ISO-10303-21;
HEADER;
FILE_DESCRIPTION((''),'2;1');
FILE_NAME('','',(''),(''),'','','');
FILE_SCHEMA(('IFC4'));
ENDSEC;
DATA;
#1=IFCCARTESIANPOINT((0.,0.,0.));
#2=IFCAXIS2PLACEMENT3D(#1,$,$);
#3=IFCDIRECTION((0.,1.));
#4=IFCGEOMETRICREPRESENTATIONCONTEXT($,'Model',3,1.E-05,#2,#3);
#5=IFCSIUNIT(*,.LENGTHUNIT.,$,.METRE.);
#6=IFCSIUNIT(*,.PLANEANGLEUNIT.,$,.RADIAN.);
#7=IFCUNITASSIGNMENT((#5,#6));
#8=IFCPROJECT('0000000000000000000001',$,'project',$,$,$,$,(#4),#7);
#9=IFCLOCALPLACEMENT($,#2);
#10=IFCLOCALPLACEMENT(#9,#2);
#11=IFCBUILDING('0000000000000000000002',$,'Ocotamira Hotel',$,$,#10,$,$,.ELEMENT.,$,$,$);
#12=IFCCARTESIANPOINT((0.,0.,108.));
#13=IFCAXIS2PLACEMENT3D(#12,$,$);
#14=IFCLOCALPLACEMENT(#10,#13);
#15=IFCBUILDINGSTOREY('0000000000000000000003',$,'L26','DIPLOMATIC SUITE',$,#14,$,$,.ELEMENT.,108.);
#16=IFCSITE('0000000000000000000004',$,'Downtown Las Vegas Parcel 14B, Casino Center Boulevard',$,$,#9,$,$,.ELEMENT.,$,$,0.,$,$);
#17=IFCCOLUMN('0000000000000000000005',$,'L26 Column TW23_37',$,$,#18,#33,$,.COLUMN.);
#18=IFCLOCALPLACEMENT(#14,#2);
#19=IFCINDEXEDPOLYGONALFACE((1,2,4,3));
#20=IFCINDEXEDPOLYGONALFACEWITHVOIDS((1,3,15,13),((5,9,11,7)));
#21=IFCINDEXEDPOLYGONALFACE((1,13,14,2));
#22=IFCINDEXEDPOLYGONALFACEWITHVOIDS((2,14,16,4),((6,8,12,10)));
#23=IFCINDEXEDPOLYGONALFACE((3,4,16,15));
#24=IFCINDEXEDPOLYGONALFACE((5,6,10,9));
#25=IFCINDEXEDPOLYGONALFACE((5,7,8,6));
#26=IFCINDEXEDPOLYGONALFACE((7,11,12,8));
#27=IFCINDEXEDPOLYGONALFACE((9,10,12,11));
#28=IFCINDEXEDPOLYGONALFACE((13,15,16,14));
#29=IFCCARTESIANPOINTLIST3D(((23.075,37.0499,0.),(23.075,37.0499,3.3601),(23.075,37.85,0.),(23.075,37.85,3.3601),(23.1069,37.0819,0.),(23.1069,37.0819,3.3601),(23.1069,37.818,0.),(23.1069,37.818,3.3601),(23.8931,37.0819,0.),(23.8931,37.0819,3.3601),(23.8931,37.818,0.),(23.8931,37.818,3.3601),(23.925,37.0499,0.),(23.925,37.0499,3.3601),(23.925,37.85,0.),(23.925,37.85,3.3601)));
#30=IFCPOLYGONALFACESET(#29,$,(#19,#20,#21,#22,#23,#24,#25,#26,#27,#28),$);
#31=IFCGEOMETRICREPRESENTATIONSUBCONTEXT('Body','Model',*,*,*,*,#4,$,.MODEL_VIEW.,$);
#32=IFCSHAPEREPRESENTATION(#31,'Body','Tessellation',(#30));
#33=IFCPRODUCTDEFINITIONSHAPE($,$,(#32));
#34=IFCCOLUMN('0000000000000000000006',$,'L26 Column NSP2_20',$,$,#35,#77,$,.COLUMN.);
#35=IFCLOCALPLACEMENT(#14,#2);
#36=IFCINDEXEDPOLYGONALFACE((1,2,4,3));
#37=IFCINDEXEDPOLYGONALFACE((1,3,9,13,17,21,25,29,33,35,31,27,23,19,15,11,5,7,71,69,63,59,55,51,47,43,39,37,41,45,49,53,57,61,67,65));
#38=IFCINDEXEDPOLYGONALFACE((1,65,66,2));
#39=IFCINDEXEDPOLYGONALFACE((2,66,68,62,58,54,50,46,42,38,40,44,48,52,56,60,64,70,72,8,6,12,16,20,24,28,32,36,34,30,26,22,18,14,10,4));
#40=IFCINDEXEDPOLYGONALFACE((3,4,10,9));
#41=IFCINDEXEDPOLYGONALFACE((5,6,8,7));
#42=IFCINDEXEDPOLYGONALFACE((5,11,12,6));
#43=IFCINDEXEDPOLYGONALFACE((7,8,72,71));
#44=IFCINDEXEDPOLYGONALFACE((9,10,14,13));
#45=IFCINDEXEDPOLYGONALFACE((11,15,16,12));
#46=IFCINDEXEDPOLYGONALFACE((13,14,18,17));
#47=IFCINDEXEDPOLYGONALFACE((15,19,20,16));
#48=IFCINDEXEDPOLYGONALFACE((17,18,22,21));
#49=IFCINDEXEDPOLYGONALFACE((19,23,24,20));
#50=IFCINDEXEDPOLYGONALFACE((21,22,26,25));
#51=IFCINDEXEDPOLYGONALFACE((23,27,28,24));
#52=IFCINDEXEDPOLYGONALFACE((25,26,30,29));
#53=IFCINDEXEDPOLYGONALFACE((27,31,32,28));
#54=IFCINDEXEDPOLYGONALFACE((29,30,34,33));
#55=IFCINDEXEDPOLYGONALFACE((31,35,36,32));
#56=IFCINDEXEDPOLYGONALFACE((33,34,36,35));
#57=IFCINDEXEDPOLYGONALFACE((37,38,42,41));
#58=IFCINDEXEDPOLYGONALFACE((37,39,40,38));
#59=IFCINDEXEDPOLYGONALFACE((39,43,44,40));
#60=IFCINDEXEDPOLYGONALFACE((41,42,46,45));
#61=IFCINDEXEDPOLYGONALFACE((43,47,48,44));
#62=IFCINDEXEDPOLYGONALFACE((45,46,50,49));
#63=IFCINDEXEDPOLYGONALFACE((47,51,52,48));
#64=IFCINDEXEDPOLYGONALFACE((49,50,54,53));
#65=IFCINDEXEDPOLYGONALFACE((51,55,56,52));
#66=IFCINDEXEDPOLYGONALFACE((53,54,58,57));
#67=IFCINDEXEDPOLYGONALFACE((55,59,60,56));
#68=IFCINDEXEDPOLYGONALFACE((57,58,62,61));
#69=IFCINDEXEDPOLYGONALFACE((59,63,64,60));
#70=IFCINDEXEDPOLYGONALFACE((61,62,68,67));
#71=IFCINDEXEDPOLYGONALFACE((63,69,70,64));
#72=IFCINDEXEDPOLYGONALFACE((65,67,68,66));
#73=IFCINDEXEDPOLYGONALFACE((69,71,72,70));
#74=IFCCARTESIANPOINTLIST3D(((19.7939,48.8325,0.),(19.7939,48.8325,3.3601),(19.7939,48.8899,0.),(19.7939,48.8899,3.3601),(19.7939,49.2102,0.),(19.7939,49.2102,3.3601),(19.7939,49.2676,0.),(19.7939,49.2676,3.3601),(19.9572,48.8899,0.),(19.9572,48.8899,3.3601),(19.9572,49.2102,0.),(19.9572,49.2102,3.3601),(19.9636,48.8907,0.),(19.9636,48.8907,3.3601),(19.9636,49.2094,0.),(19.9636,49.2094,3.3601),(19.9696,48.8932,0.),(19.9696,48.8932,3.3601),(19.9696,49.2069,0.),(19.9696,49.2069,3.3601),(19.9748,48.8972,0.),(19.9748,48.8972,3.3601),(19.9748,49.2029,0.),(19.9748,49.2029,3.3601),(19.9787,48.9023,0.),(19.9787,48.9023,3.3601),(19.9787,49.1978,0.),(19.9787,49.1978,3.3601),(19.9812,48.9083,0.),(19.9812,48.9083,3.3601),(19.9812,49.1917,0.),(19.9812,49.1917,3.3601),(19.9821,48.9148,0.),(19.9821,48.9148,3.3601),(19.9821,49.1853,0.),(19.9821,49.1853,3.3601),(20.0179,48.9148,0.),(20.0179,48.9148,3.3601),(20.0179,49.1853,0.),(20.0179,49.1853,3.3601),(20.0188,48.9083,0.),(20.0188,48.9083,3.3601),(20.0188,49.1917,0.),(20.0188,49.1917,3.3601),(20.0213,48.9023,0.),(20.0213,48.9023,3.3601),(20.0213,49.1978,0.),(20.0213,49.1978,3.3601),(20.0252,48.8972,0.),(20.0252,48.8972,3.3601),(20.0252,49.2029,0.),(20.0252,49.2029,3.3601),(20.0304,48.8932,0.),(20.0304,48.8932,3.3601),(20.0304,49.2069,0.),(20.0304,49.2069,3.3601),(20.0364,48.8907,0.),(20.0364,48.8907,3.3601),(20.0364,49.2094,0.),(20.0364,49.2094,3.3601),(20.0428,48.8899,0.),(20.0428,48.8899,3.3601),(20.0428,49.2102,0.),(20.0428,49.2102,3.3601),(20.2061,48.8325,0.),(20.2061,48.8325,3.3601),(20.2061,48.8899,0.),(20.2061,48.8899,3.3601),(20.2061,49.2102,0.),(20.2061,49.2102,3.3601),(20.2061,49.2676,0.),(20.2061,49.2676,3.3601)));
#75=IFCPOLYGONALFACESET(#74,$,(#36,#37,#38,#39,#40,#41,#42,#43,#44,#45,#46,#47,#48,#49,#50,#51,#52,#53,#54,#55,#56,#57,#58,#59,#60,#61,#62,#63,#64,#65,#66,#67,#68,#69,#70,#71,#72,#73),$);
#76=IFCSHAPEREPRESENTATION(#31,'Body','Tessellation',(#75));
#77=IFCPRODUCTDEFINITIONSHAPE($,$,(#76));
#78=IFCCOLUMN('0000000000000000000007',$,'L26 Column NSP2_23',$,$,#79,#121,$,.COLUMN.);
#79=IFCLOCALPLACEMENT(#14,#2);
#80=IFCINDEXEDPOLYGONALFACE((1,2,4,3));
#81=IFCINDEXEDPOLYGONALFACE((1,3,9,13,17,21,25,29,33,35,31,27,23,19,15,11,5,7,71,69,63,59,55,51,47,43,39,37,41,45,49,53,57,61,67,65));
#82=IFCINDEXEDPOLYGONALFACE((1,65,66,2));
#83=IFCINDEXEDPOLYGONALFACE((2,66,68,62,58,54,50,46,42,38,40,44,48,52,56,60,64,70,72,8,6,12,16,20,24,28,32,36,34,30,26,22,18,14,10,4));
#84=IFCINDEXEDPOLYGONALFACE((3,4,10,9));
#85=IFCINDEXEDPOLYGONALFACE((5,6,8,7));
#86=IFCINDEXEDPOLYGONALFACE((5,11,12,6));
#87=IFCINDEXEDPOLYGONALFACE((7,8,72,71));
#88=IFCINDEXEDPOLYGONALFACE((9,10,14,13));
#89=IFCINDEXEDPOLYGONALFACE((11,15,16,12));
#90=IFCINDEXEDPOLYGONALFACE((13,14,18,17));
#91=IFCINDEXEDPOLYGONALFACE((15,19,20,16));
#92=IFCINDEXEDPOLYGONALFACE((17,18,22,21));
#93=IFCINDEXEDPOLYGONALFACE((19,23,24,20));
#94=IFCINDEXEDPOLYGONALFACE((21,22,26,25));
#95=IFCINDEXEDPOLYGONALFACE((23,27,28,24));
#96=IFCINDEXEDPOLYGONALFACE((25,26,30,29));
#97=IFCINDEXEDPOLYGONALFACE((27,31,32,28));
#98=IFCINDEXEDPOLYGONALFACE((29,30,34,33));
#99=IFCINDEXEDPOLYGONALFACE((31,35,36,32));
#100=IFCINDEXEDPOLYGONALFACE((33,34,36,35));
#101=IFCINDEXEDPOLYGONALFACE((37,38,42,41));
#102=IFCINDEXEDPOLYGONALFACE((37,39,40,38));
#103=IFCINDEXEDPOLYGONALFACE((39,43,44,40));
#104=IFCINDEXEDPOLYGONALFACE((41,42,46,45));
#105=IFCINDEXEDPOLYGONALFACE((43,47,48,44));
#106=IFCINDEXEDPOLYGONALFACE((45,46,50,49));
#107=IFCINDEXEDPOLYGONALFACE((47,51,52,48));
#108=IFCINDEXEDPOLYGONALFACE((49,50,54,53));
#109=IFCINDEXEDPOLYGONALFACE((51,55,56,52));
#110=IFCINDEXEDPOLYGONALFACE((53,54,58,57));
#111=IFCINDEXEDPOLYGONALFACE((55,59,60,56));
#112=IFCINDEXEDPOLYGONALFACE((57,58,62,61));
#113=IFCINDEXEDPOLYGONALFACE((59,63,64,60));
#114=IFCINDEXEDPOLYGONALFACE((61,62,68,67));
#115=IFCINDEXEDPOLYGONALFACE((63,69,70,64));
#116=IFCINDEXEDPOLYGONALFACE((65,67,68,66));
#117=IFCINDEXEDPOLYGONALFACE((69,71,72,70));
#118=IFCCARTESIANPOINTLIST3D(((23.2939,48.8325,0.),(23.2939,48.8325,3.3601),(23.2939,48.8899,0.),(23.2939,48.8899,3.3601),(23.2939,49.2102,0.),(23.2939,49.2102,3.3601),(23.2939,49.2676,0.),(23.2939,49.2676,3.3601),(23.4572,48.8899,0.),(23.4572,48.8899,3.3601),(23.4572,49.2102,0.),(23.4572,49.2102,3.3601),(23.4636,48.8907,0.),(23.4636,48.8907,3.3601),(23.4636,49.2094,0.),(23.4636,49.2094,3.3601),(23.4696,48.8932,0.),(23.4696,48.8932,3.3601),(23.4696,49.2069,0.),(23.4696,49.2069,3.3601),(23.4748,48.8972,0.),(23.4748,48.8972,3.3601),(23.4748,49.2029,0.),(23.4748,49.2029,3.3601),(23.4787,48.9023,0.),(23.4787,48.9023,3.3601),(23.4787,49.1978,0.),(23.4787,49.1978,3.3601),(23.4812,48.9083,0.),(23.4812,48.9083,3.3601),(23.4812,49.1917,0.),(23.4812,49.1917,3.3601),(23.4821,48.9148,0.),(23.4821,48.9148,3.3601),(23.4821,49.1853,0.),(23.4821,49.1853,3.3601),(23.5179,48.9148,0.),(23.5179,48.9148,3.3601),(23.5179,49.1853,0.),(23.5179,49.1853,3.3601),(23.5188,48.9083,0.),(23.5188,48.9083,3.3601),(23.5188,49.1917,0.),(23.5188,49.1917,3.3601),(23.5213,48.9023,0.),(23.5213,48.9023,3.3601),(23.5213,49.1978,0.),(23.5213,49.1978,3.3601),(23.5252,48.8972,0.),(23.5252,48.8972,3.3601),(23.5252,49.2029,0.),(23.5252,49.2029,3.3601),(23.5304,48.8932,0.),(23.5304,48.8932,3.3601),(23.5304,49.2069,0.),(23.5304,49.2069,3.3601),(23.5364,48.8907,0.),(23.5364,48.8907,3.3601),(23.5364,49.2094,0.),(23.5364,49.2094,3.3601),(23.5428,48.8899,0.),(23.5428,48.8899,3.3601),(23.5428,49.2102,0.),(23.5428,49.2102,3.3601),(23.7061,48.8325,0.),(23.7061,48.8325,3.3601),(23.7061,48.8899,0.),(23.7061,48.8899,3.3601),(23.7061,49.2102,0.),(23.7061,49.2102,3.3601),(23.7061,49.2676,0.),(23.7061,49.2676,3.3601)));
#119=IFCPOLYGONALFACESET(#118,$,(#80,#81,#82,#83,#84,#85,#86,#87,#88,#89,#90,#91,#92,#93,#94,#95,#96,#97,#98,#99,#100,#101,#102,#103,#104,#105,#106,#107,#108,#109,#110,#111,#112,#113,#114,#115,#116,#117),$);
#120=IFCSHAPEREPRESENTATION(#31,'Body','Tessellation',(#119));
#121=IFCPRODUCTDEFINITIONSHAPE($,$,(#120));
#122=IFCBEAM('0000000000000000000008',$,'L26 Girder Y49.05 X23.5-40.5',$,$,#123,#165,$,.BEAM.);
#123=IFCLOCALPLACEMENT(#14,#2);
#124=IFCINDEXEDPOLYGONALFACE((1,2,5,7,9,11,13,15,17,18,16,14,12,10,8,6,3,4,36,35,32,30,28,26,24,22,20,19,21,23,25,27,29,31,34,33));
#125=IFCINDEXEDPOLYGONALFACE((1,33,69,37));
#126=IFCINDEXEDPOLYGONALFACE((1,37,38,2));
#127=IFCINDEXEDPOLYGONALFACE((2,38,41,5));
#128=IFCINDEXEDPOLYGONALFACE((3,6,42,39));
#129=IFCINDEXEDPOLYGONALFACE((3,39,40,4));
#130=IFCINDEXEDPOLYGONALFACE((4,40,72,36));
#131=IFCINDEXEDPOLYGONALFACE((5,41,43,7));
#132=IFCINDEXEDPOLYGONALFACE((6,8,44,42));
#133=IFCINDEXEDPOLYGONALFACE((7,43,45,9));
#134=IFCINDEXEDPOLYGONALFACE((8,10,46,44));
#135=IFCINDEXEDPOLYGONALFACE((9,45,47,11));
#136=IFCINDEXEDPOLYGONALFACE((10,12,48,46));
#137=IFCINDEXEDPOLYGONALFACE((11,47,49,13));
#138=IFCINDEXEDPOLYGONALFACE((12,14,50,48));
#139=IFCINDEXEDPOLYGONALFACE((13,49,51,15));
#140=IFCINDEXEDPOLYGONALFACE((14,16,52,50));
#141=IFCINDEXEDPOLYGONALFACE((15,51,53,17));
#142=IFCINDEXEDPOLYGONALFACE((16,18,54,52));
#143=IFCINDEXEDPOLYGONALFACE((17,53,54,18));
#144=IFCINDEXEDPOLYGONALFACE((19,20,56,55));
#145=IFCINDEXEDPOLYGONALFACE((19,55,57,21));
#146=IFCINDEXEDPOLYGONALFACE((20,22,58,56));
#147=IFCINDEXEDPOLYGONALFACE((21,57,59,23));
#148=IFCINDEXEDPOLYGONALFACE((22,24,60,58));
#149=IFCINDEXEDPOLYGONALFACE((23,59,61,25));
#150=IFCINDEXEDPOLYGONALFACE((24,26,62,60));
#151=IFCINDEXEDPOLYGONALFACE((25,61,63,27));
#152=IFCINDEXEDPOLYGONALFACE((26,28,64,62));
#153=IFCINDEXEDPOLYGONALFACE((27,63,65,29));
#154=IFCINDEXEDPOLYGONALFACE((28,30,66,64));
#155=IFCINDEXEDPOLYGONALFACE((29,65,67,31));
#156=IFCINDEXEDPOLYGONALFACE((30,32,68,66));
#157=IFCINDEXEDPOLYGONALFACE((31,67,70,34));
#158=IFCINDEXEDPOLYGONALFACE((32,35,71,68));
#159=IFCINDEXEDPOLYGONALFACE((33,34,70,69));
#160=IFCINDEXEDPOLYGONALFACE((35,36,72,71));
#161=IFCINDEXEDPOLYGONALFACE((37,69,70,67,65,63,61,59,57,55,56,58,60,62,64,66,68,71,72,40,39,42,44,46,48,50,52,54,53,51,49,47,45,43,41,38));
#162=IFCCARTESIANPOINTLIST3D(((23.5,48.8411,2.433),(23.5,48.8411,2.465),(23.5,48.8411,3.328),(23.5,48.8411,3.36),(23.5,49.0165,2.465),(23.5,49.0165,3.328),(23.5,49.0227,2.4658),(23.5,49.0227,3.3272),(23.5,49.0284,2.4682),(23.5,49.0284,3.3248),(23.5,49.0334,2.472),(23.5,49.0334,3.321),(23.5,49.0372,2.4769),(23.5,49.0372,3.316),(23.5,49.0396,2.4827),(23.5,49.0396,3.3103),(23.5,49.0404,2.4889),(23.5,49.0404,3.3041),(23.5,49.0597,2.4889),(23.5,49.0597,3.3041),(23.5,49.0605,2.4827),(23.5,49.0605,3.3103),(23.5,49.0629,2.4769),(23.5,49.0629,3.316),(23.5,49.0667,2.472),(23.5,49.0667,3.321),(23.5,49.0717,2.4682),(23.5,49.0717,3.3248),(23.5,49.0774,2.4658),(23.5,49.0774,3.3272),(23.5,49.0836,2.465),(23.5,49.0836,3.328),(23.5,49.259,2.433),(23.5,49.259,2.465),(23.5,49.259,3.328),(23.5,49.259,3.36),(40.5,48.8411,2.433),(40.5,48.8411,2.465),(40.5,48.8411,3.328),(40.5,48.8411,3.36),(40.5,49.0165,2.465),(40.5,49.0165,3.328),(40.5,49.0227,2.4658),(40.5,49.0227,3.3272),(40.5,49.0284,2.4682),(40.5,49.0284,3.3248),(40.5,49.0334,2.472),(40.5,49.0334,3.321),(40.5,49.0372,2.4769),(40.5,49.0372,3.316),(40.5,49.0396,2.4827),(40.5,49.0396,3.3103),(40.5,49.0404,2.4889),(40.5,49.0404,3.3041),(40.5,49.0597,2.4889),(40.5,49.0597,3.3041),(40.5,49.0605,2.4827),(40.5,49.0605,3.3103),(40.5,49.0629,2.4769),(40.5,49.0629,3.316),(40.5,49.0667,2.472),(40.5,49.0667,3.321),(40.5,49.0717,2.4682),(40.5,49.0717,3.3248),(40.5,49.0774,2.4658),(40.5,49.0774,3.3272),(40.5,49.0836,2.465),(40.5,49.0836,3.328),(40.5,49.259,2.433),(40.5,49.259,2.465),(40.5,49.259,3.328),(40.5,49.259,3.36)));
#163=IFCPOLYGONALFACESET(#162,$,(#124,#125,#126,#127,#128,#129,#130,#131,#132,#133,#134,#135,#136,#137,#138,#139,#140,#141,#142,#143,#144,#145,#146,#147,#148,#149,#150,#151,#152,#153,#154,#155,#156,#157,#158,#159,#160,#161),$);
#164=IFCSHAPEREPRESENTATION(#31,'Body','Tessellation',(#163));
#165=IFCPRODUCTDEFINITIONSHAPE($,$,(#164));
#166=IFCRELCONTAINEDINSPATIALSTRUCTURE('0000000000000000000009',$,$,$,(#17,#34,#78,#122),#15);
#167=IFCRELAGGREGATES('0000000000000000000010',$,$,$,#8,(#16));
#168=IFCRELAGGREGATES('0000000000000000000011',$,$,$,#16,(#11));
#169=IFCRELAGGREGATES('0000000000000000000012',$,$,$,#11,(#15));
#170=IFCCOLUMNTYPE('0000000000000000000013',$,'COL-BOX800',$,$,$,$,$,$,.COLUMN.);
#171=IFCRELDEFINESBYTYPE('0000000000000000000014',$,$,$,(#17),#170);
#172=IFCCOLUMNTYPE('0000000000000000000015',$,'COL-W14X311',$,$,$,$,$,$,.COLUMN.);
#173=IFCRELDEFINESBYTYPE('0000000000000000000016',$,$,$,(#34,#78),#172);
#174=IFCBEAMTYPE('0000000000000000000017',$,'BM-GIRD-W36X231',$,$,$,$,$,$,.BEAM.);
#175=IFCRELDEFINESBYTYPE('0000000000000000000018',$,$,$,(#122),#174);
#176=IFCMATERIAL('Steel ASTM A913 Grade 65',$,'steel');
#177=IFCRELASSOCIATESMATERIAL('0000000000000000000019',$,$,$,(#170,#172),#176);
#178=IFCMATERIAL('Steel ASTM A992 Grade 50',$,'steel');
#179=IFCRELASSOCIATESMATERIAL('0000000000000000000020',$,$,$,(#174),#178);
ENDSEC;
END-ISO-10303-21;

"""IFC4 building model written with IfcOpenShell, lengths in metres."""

from ifc_helpers import new_model, si_unit, direction, frame, origin, origin_2d, place, context, subcontext, project, spatial, hollow_rectangle, i_section, extrude, source, transform, mapped, material, material_profile, profile_set, type_object, element, save


model = new_model("IFC4")

# Units and contexts
model_context = context("Model", 3, precision=1e-05, world=origin(), true_north=direction((0.0, 1.0)))
body_context = subcontext(model_context, "Body", "Model", "MODEL_VIEW")
ifc_project = project(units=[si_unit("LENGTHUNIT", "METRE"), si_unit("PLANEANGLEUNIT", "RADIAN")], contexts=[model_context])

# Site, building, storey
site_placement = place(None, origin())
site = spatial("IfcSite", under=ifc_project, at=site_placement, Name="Downtown Las Vegas Parcel 14B, Casino Center Boulevard", CompositionType="ELEMENT", RefElevation=0.0)
building_placement = place(site_placement, origin())
building = spatial("IfcBuilding", under=site, at=building_placement, Name="Ocotamira Hotel", CompositionType="ELEMENT")
storey_placement = place(building_placement, frame((0.0, 0.0, 108.0)))
storey = spatial("IfcBuildingStorey", under=building, at=storey_placement, Name="L26", Description="DIPLOMATIC SUITE", CompositionType="ELEMENT", Elevation=108.0)

# Columns
ifc_material_1 = material(Name="Steel ASTM A913 Grade 65", Category="steel")
ifc_material_profile_1 = material_profile(ifc_material_1, hollow_rectangle(XDim=0.8501, YDim=0.8, WallThickness=0.032, at=origin_2d()), Name="BOX800X850X32")
ifc_profile_set_1 = profile_set([ifc_material_profile_1], Name="Steel ASTM A913 Grade 65")
column_type_1 = type_object("IfcColumnType", Name="COL-BOX800", PredefinedType="COLUMN", material=ifc_profile_set_1)
shared_shape_1 = source(origin(), body_context, "Body", "SweptSolid", [
    extrude(hollow_rectangle(XDim=0.8501, YDim=0.8, WallThickness=0.032, at=origin_2d()), origin(), (0.0, 0.0, 1.0), 3.3601),
])
column_placement = place(storey_placement, frame((23.5, 37.45, 0.0), z_axis=(0.0, 0.0, 1.0), x_axis=(1.0, 0.0, 0.0)))
element("IfcColumn", 1, at=column_placement, inside=storey, type_object=column_type_1, Name="L26 Column TW23_37", PredefinedType="COLUMN", context=body_context, shape_type="MappedRepresentation", body=[
    mapped(shared_shape_1, transform((0.0, 0.0, 0.0), scale=1.0)),
])
ifc_material_profile_2 = material_profile(ifc_material_1, i_section(OverallWidth=0.4121, OverallDepth=0.4351, WebThickness=0.0359, FlangeThickness=0.0574, FilletRadius=0.0249, at=origin_2d()), Name="W14X311")
ifc_profile_set_2 = profile_set([ifc_material_profile_2], Name="Steel ASTM A913 Grade 65")
column_type_2 = type_object("IfcColumnType", Name="COL-W14X311", PredefinedType="COLUMN", material=ifc_profile_set_2)
shared_shape_2 = source(origin(), body_context, "Body", "SweptSolid", [
    extrude(i_section(OverallWidth=0.4121, OverallDepth=0.4351, WebThickness=0.0359, FlangeThickness=0.0574, FilletRadius=0.0249, at=origin_2d()), origin(), (0.0, 0.0, 1.0), 3.3601),
])
for number, where, z_axis, x_axis, name in (
    (2, (20.0, 49.05, 0.0), (0.0, 0.0, 1.0), (1.0, 0.0, 0.0), "L26 Column NSP2_20"),
    (3, (23.5, 49.05, 0.0), (0.0, 0.0, 1.0), (1.0, 0.0, 0.0), "L26 Column NSP2_23"),
):
    element("IfcColumn", number, at=place(storey_placement, frame(where, z_axis=z_axis, x_axis=x_axis)), inside=storey, type_object=column_type_2, Name=name, PredefinedType="COLUMN", context=body_context, shape_type="MappedRepresentation", body=[
        mapped(shared_shape_2, transform((0.0, 0.0, 0.0), scale=1.0)),
    ])

# Beam
ifc_material_2 = material(Name="Steel ASTM A992 Grade 50", Category="steel")
ifc_material_profile_3 = material_profile(ifc_material_2, i_section(OverallWidth=0.418, OverallDepth=0.927, WebThickness=0.0193, FlangeThickness=0.032, FilletRadius=0.0239, at=origin_2d()), Name="W36X231")
ifc_profile_set_3 = profile_set([ifc_material_profile_3], Name="Steel ASTM A992 Grade 50")
beam_type_1 = type_object("IfcBeamType", Name="BM-GIRD-W36X231", PredefinedType="BEAM", material=ifc_profile_set_3)
shared_shape_3 = source(origin(), body_context, "Body", "SweptSolid", [
    extrude(i_section(OverallWidth=0.418, OverallDepth=0.927, WebThickness=0.0193, FlangeThickness=0.032, FilletRadius=0.0239, at=origin_2d()), origin(), (0.0, 0.0, 1.0), 17.0),
])
beam_1_placement = place(storey_placement, frame((23.5, 49.05, 2.8965), z_axis=(1.0, 0.0, 0.0), x_axis=(0.0, 1.0, 0.0)))
element("IfcBeam", 4, at=beam_1_placement, inside=storey, type_object=beam_type_1, Name="L26 Girder Y49.05 X23.5-40.5", PredefinedType="BEAM", context=body_context, shape_type="MappedRepresentation", body=[
    mapped(shared_shape_3, transform((0.0, 0.0, 0.0), scale=1.0)),
])

save(model, "model.ifc")
